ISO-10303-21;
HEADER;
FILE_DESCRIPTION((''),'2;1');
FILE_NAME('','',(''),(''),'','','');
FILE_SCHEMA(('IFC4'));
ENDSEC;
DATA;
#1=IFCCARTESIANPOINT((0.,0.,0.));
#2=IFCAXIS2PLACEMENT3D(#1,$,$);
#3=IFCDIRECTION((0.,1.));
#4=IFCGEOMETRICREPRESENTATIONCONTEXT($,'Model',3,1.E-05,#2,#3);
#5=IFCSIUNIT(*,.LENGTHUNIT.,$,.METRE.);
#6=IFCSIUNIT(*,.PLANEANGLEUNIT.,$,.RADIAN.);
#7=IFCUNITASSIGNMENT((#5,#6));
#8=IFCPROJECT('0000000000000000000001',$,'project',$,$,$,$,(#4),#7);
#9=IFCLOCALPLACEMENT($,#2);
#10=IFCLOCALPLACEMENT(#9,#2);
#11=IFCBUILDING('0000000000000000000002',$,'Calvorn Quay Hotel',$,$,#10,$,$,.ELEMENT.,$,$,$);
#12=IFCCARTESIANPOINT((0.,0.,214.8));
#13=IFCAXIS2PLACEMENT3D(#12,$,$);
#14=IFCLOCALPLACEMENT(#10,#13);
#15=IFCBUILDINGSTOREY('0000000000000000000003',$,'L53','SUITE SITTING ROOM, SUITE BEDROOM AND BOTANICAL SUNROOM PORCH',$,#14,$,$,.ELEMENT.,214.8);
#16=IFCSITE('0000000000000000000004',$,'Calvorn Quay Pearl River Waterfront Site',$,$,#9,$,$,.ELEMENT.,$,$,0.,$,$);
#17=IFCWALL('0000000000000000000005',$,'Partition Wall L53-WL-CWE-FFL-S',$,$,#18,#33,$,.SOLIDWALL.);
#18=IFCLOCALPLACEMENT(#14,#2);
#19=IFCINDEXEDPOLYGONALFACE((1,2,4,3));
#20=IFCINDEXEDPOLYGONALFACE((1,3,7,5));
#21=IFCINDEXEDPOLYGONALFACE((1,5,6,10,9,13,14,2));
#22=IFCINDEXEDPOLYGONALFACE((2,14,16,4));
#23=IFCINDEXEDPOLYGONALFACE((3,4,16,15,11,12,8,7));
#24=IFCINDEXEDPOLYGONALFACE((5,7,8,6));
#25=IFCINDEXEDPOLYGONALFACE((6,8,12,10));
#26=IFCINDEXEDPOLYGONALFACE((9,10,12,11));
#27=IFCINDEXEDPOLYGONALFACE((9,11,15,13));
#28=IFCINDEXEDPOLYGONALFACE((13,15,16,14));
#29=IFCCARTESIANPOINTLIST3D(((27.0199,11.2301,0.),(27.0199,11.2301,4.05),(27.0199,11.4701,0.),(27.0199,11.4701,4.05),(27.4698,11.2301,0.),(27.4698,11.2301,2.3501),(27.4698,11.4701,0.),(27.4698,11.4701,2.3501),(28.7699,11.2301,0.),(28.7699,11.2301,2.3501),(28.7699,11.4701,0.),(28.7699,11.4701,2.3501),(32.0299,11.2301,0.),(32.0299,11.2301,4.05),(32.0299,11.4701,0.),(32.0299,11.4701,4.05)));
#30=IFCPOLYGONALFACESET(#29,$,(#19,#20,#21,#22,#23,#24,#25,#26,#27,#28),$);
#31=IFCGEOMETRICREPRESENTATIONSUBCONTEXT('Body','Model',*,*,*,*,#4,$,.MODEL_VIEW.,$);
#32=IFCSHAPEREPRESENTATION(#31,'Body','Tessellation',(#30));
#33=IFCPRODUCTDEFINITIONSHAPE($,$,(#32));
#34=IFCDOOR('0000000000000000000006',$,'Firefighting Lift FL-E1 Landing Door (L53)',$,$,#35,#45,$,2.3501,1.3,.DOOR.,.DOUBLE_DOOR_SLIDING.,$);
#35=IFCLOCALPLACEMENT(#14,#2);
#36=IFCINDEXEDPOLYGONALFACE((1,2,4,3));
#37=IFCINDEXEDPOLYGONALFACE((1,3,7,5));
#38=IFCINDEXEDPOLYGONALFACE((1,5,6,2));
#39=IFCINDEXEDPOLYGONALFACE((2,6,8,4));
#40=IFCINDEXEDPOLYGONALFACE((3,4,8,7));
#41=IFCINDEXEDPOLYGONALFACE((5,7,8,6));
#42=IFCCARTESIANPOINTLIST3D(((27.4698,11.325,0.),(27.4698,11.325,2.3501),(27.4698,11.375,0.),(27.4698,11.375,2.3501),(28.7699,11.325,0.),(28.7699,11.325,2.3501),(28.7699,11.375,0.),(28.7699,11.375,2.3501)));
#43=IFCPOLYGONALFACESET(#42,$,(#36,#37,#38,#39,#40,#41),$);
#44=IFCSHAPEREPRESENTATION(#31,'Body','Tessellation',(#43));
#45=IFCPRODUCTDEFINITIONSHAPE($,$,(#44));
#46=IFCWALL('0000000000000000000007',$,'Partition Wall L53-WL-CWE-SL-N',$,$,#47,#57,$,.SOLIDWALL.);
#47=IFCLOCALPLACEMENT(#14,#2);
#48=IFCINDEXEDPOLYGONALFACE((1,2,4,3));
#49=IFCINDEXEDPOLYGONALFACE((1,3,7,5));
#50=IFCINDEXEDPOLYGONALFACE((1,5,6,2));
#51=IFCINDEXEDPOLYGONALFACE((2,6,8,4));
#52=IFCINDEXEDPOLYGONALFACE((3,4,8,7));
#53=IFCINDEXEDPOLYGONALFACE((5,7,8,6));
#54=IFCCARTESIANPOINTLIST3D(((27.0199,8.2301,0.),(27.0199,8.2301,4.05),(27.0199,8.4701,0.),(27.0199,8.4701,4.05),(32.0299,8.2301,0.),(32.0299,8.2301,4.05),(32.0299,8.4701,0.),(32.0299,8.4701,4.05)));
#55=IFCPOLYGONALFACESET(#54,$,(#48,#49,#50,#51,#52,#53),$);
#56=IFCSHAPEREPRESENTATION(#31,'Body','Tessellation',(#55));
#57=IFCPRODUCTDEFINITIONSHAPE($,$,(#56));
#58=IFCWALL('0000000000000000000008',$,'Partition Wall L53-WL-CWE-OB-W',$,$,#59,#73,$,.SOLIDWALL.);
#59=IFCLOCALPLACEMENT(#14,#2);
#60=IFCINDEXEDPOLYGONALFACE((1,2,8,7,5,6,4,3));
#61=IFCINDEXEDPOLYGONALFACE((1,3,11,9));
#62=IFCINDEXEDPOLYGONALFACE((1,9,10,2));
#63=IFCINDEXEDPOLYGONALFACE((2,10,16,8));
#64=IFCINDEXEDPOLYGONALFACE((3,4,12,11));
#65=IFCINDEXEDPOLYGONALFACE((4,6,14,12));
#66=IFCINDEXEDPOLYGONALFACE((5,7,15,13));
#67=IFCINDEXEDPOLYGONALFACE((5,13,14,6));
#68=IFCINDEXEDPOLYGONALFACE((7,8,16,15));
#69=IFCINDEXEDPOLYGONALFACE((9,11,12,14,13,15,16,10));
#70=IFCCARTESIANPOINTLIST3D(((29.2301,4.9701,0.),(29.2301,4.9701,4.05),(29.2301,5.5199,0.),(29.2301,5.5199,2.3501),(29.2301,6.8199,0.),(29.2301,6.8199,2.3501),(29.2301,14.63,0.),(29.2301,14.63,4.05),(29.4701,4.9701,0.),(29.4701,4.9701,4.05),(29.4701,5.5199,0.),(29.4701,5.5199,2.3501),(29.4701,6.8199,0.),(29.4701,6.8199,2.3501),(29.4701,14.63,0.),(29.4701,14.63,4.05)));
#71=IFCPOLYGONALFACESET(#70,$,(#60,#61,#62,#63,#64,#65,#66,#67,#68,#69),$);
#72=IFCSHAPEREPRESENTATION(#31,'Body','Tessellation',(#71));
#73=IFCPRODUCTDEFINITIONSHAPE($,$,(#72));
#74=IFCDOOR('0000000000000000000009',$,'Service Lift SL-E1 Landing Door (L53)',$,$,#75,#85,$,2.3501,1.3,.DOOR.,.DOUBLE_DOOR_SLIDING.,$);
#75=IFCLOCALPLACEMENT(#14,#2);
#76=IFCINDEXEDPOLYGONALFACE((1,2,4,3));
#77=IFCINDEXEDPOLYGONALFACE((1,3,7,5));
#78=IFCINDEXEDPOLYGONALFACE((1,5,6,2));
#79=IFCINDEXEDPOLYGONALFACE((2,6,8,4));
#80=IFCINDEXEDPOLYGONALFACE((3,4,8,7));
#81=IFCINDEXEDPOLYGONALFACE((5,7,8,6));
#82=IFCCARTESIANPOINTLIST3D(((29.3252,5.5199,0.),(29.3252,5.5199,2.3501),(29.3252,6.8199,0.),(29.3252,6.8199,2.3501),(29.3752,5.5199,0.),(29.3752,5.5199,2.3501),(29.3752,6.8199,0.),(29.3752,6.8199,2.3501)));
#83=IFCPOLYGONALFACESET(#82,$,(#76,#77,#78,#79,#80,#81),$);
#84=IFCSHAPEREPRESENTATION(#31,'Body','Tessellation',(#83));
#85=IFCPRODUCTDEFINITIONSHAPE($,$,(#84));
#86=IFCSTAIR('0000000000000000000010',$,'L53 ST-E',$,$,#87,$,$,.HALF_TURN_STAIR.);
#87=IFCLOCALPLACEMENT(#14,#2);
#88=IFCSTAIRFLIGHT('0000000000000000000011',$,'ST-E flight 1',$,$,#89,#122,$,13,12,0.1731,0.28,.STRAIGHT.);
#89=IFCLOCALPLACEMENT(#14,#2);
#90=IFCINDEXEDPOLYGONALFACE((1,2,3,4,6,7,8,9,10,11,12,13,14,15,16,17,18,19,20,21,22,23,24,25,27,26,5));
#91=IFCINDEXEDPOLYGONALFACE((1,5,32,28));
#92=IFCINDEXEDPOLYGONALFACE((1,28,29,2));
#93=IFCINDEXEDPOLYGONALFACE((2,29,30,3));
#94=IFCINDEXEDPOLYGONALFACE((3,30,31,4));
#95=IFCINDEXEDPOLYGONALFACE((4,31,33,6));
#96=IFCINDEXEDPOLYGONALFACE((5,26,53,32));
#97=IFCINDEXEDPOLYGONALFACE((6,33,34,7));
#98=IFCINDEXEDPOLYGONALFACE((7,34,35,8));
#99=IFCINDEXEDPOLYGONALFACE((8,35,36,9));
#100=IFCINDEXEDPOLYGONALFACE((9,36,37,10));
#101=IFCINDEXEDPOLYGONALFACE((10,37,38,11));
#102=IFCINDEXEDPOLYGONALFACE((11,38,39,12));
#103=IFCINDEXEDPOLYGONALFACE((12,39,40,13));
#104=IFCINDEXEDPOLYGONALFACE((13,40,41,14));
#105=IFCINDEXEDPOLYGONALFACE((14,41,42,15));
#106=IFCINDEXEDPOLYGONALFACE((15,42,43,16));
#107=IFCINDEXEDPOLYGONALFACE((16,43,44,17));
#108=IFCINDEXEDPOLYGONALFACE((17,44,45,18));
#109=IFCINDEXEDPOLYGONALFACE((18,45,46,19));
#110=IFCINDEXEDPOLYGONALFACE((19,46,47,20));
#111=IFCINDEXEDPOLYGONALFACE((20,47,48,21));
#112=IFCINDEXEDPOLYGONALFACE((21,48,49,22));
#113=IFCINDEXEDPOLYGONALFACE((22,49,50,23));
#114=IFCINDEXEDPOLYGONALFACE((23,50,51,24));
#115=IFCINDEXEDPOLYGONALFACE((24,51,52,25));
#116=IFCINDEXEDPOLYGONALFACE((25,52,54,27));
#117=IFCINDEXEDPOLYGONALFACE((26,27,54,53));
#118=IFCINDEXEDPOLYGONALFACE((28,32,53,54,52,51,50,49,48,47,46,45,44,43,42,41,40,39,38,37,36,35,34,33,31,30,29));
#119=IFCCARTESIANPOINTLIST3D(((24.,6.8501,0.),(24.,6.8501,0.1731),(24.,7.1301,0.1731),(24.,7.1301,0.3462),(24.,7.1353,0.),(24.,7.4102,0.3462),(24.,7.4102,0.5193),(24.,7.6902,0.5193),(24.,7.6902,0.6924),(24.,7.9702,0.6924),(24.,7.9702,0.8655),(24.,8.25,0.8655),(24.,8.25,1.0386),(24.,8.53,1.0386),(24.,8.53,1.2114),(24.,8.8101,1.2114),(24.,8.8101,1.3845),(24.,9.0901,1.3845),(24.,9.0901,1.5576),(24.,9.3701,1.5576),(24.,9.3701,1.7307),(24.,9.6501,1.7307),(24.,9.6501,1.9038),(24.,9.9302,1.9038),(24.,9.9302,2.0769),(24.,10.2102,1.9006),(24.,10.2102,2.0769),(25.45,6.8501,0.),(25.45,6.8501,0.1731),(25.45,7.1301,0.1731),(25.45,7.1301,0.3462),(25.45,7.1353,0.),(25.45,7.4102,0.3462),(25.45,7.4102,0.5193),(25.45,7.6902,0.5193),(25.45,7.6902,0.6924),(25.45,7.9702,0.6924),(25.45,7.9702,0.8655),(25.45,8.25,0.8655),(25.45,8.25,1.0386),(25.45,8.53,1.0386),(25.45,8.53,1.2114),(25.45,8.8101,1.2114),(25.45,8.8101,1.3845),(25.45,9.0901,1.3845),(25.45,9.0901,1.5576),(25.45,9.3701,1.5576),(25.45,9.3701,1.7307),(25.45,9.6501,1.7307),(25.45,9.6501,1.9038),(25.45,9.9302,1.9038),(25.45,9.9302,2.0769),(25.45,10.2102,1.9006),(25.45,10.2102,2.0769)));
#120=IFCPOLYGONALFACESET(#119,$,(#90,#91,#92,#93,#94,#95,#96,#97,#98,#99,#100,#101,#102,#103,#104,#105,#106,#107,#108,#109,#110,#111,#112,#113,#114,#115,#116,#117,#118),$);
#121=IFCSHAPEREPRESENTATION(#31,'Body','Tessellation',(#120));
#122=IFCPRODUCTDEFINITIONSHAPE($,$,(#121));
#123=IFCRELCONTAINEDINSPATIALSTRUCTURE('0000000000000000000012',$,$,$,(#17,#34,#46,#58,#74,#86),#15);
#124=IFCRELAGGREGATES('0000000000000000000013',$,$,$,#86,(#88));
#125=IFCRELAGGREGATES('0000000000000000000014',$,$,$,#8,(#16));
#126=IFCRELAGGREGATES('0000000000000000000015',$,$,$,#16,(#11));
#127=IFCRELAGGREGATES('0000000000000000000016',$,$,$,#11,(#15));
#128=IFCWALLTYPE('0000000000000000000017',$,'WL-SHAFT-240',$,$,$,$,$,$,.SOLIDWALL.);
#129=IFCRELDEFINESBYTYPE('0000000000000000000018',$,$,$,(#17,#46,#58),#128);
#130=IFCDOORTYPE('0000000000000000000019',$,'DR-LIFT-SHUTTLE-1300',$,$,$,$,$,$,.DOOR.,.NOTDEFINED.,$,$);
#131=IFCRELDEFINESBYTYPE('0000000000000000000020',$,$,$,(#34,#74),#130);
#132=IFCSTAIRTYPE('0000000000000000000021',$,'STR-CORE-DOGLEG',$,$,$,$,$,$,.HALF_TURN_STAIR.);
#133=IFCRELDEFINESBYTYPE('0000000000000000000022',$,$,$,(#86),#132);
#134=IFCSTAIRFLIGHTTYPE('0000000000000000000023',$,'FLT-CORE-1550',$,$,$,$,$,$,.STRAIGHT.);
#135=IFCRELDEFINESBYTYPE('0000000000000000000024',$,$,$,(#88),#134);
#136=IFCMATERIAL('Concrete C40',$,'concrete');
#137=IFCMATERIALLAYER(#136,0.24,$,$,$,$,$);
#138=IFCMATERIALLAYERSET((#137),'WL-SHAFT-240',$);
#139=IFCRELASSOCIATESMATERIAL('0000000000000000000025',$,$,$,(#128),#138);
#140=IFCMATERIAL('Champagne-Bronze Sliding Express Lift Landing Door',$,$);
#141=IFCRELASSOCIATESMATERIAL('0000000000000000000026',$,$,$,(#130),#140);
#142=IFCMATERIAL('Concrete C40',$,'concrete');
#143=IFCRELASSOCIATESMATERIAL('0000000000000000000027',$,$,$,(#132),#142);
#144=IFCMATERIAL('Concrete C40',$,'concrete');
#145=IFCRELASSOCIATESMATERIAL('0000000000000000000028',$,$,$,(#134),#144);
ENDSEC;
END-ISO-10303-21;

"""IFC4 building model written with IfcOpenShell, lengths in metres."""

from ifc_helpers import new_model, si_unit, direction, frame, frame_2d, origin, place, context, subcontext, project, spatial, polyline, rectangle, outline, extrude, material, layer, layer_set, type_object, element, fill, aggregate, save


model = new_model("IFC4")

# Units and contexts
model_context = context("Model", 3, precision=1e-05, world=origin(), true_north=direction((0.0, 1.0)))
body_context = subcontext(model_context, "Body", "Model", "MODEL_VIEW")
ifc_project = project(units=[si_unit("LENGTHUNIT", "METRE"), si_unit("PLANEANGLEUNIT", "RADIAN")], contexts=[model_context])

# Site, building, storey
site_placement = place(None, origin())
site = spatial("IfcSite", under=ifc_project, at=site_placement, Name="Calvorn Quay Pearl River Waterfront Site", CompositionType="ELEMENT", RefElevation=0.0)
building_placement = place(site_placement, origin())
building = spatial("IfcBuilding", under=site, at=building_placement, Name="Calvorn Quay Hotel", CompositionType="ELEMENT")
storey_placement = place(building_placement, frame((0.0, 0.0, 214.8)))
storey = spatial("IfcBuildingStorey", under=building, at=storey_placement, Name="L53", Description="SUITE SITTING ROOM, SUITE BEDROOM AND BOTANICAL SUNROOM PORCH", CompositionType="ELEMENT", Elevation=214.8)

# Shared definitions
ifc_material_1 = material(Name="Concrete C40", Category="concrete")
ifc_layer_1 = layer(ifc_material_1, 0.24)
ifc_layer_set_1 = layer_set([ifc_layer_1], Name="WL-SHAFT-240")
wall_type_1 = type_object("IfcWallType", Name="WL-SHAFT-240", PredefinedType="SOLIDWALL", material=ifc_layer_set_1)

# Wall, opening, door
wall_1_placement = place(storey_placement, frame((27.02, 11.3501, 0.0), z_axis=(0.0, 0.0, 1.0), x_axis=(1.0, 0.0, 0.0)))
wall_1 = element("IfcWall", 1, at=wall_1_placement, inside=storey, type_object=wall_type_1, Name="Partition Wall L53-WL-CWE-FFL-S", PredefinedType="SOLIDWALL", context=body_context, shape_type="SweptSolid", body=[
    extrude(rectangle(XDim=5.01, YDim=0.24, at=frame_2d((2.5049, 0.0))), origin(), (0.0, 0.0, 1.0), 4.05),
])
opening_1_placement = place(wall_1_placement, frame((0.45, 0.0, 0.0)))
opening_1 = element("IfcOpeningElement", 2, at=opening_1_placement, cuts=wall_1, PredefinedType="OPENING", context=body_context, shape_type="SweptSolid", body=[
    extrude(rectangle(XDim=1.3, YDim=2.3501, at=frame_2d((0.6499, 1.175))), frame((0.0, 0.1299, 0.0), z_axis=(0.0, -1.0, 0.0), x_axis=(1.0, 0.0, 0.0)), (0.0, 0.0, 1.0), 0.26),
])
ifc_material_2 = material(Name="Champagne-Bronze Sliding Express Lift Landing Door")
door_type_1 = type_object("IfcDoorType", Name="DR-LIFT-SHUTTLE-1300", OperationType="NOTDEFINED", PredefinedType="DOOR", material=ifc_material_2)
door_1_placement = place(opening_1_placement, origin())
door_1 = element("IfcDoor", 3, at=door_1_placement, inside=storey, type_object=door_type_1, Name="Firefighting Lift FL-E1 Landing Door (L53)", OperationType="DOUBLE_DOOR_SLIDING", OverallHeight=2.3501, OverallWidth=1.3, PredefinedType="DOOR", context=body_context, shape_type="SweptSolid", body=[
    extrude(rectangle(XDim=1.3, YDim=2.3501, at=frame_2d((0.6499, 1.175))), frame((0.0, 0.0249, 0.0), z_axis=(0.0, -1.0, 0.0), x_axis=(1.0, 0.0, 0.0)), (0.0, 0.0, 1.0), 0.05),
])
fill(opening_1, door_1)

# Wall
wall_2_placement = place(storey_placement, frame((27.02, 8.3501, 0.0), z_axis=(0.0, 0.0, 1.0), x_axis=(1.0, 0.0, 0.0)))
element("IfcWall", 4, at=wall_2_placement, inside=storey, type_object=wall_type_1, Name="Partition Wall L53-WL-CWE-SL-N", PredefinedType="SOLIDWALL", context=body_context, shape_type="SweptSolid", body=[
    extrude(rectangle(XDim=5.01, YDim=0.24, at=frame_2d((2.5049, 0.0))), origin(), (0.0, 0.0, 1.0), 4.05),
])

# Wall, opening, door
wall_3_placement = place(storey_placement, frame((29.3501, 4.97, 0.0), z_axis=(0.0, 0.0, 1.0), x_axis=(0.0, 1.0, 0.0)))
wall_3 = element("IfcWall", 5, at=wall_3_placement, inside=storey, type_object=wall_type_1, Name="Partition Wall L53-WL-CWE-OB-W", PredefinedType="SOLIDWALL", context=body_context, shape_type="SweptSolid", body=[
    extrude(rectangle(XDim=9.6599, YDim=0.24, at=frame_2d((4.8301, 0.0))), origin(), (0.0, 0.0, 1.0), 4.05),
])
opening_2_placement = place(wall_3_placement, frame((0.55, 0.0, 0.0)))
opening_2 = element("IfcOpeningElement", 6, at=opening_2_placement, cuts=wall_3, PredefinedType="OPENING", context=body_context, shape_type="SweptSolid", body=[
    extrude(rectangle(XDim=1.3, YDim=2.3501, at=frame_2d((0.6499, 1.175))), frame((0.0, 0.1299, 0.0), z_axis=(0.0, -1.0, 0.0), x_axis=(1.0, 0.0, 0.0)), (0.0, 0.0, 1.0), 0.26),
])
door_2_placement = place(opening_2_placement, origin())
door_2 = element("IfcDoor", 7, at=door_2_placement, inside=storey, type_object=door_type_1, Name="Service Lift SL-E1 Landing Door (L53)", OperationType="DOUBLE_DOOR_SLIDING", OverallHeight=2.3501, OverallWidth=1.3, PredefinedType="DOOR", context=body_context, shape_type="SweptSolid", body=[
    extrude(rectangle(XDim=1.3, YDim=2.3501, at=frame_2d((0.6499, 1.175))), frame((0.0, 0.0249, 0.0), z_axis=(0.0, -1.0, 0.0), x_axis=(1.0, 0.0, 0.0)), (0.0, 0.0, 1.0), 0.05),
])
fill(opening_2, door_2)

# Stair, stair flight
ifc_material_3 = material(Name="Concrete C40", Category="concrete")
stair_type = type_object("IfcStairType", Name="STR-CORE-DOGLEG", PredefinedType="HALF_TURN_STAIR", material=ifc_material_3)
stair_placement = place(storey_placement, origin())
stair = element("IfcStair", 8, at=stair_placement, inside=storey, type_object=stair_type, Name="L53 ST-E", PredefinedType="HALF_TURN_STAIR")
ifc_material_4 = material(Name="Concrete C40", Category="concrete")
stair_flight_type = type_object("IfcStairFlightType", Name="FLT-CORE-1550", PredefinedType="STRAIGHT", material=ifc_material_4)
stair_flight_placement = place(storey_placement, frame((24.7251, 6.8501, 0.0), z_axis=(0.0, 0.0, 1.0), x_axis=(0.0, 1.0, 0.0)))
stair_flight = element("IfcStairFlight", 9, at=stair_flight_placement, type_object=stair_flight_type, Name="ST-E flight 1", NumberOfRisers=13, NumberOfTreads=12, PredefinedType="STRAIGHT", RiserHeight=0.1731, TreadLength=0.28, context=body_context, shape_type="SweptSolid", body=[
    extrude(outline(polyline([(0.0, 0.0), (0.0, 0.1731), (0.28, 0.1731), (0.28, 0.3462), (0.5601, 0.3462), (0.5601, 0.5193), (0.8401, 0.5193), (0.8401, 0.6924), (1.1201, 0.6924), (1.1201, 0.8655), (1.3999, 0.8655), (1.3999, 1.0386), (1.6799, 1.0386), (1.6799, 1.2114), (1.96, 1.2114), (1.96, 1.3845), (2.24, 1.3845), (2.24, 1.5576), (2.52, 1.5576), (2.52, 1.7307), (2.8, 1.7307), (2.8, 1.9038), (3.0801, 1.9038), (3.0801, 2.0769), (3.3601, 2.0769), (3.3601, 2.25), (3.3601, 1.9006), (0.2852, 0.0), (0.0, 0.0)])), frame((0.0, 0.7251, 0.0), z_axis=(0.0, -1.0, 0.0), x_axis=(1.0, 0.0, 0.0)), (0.0, 0.0, 1.0), 1.45),
])
aggregate(stair, [stair_flight])

save(model, "model.ifc")
